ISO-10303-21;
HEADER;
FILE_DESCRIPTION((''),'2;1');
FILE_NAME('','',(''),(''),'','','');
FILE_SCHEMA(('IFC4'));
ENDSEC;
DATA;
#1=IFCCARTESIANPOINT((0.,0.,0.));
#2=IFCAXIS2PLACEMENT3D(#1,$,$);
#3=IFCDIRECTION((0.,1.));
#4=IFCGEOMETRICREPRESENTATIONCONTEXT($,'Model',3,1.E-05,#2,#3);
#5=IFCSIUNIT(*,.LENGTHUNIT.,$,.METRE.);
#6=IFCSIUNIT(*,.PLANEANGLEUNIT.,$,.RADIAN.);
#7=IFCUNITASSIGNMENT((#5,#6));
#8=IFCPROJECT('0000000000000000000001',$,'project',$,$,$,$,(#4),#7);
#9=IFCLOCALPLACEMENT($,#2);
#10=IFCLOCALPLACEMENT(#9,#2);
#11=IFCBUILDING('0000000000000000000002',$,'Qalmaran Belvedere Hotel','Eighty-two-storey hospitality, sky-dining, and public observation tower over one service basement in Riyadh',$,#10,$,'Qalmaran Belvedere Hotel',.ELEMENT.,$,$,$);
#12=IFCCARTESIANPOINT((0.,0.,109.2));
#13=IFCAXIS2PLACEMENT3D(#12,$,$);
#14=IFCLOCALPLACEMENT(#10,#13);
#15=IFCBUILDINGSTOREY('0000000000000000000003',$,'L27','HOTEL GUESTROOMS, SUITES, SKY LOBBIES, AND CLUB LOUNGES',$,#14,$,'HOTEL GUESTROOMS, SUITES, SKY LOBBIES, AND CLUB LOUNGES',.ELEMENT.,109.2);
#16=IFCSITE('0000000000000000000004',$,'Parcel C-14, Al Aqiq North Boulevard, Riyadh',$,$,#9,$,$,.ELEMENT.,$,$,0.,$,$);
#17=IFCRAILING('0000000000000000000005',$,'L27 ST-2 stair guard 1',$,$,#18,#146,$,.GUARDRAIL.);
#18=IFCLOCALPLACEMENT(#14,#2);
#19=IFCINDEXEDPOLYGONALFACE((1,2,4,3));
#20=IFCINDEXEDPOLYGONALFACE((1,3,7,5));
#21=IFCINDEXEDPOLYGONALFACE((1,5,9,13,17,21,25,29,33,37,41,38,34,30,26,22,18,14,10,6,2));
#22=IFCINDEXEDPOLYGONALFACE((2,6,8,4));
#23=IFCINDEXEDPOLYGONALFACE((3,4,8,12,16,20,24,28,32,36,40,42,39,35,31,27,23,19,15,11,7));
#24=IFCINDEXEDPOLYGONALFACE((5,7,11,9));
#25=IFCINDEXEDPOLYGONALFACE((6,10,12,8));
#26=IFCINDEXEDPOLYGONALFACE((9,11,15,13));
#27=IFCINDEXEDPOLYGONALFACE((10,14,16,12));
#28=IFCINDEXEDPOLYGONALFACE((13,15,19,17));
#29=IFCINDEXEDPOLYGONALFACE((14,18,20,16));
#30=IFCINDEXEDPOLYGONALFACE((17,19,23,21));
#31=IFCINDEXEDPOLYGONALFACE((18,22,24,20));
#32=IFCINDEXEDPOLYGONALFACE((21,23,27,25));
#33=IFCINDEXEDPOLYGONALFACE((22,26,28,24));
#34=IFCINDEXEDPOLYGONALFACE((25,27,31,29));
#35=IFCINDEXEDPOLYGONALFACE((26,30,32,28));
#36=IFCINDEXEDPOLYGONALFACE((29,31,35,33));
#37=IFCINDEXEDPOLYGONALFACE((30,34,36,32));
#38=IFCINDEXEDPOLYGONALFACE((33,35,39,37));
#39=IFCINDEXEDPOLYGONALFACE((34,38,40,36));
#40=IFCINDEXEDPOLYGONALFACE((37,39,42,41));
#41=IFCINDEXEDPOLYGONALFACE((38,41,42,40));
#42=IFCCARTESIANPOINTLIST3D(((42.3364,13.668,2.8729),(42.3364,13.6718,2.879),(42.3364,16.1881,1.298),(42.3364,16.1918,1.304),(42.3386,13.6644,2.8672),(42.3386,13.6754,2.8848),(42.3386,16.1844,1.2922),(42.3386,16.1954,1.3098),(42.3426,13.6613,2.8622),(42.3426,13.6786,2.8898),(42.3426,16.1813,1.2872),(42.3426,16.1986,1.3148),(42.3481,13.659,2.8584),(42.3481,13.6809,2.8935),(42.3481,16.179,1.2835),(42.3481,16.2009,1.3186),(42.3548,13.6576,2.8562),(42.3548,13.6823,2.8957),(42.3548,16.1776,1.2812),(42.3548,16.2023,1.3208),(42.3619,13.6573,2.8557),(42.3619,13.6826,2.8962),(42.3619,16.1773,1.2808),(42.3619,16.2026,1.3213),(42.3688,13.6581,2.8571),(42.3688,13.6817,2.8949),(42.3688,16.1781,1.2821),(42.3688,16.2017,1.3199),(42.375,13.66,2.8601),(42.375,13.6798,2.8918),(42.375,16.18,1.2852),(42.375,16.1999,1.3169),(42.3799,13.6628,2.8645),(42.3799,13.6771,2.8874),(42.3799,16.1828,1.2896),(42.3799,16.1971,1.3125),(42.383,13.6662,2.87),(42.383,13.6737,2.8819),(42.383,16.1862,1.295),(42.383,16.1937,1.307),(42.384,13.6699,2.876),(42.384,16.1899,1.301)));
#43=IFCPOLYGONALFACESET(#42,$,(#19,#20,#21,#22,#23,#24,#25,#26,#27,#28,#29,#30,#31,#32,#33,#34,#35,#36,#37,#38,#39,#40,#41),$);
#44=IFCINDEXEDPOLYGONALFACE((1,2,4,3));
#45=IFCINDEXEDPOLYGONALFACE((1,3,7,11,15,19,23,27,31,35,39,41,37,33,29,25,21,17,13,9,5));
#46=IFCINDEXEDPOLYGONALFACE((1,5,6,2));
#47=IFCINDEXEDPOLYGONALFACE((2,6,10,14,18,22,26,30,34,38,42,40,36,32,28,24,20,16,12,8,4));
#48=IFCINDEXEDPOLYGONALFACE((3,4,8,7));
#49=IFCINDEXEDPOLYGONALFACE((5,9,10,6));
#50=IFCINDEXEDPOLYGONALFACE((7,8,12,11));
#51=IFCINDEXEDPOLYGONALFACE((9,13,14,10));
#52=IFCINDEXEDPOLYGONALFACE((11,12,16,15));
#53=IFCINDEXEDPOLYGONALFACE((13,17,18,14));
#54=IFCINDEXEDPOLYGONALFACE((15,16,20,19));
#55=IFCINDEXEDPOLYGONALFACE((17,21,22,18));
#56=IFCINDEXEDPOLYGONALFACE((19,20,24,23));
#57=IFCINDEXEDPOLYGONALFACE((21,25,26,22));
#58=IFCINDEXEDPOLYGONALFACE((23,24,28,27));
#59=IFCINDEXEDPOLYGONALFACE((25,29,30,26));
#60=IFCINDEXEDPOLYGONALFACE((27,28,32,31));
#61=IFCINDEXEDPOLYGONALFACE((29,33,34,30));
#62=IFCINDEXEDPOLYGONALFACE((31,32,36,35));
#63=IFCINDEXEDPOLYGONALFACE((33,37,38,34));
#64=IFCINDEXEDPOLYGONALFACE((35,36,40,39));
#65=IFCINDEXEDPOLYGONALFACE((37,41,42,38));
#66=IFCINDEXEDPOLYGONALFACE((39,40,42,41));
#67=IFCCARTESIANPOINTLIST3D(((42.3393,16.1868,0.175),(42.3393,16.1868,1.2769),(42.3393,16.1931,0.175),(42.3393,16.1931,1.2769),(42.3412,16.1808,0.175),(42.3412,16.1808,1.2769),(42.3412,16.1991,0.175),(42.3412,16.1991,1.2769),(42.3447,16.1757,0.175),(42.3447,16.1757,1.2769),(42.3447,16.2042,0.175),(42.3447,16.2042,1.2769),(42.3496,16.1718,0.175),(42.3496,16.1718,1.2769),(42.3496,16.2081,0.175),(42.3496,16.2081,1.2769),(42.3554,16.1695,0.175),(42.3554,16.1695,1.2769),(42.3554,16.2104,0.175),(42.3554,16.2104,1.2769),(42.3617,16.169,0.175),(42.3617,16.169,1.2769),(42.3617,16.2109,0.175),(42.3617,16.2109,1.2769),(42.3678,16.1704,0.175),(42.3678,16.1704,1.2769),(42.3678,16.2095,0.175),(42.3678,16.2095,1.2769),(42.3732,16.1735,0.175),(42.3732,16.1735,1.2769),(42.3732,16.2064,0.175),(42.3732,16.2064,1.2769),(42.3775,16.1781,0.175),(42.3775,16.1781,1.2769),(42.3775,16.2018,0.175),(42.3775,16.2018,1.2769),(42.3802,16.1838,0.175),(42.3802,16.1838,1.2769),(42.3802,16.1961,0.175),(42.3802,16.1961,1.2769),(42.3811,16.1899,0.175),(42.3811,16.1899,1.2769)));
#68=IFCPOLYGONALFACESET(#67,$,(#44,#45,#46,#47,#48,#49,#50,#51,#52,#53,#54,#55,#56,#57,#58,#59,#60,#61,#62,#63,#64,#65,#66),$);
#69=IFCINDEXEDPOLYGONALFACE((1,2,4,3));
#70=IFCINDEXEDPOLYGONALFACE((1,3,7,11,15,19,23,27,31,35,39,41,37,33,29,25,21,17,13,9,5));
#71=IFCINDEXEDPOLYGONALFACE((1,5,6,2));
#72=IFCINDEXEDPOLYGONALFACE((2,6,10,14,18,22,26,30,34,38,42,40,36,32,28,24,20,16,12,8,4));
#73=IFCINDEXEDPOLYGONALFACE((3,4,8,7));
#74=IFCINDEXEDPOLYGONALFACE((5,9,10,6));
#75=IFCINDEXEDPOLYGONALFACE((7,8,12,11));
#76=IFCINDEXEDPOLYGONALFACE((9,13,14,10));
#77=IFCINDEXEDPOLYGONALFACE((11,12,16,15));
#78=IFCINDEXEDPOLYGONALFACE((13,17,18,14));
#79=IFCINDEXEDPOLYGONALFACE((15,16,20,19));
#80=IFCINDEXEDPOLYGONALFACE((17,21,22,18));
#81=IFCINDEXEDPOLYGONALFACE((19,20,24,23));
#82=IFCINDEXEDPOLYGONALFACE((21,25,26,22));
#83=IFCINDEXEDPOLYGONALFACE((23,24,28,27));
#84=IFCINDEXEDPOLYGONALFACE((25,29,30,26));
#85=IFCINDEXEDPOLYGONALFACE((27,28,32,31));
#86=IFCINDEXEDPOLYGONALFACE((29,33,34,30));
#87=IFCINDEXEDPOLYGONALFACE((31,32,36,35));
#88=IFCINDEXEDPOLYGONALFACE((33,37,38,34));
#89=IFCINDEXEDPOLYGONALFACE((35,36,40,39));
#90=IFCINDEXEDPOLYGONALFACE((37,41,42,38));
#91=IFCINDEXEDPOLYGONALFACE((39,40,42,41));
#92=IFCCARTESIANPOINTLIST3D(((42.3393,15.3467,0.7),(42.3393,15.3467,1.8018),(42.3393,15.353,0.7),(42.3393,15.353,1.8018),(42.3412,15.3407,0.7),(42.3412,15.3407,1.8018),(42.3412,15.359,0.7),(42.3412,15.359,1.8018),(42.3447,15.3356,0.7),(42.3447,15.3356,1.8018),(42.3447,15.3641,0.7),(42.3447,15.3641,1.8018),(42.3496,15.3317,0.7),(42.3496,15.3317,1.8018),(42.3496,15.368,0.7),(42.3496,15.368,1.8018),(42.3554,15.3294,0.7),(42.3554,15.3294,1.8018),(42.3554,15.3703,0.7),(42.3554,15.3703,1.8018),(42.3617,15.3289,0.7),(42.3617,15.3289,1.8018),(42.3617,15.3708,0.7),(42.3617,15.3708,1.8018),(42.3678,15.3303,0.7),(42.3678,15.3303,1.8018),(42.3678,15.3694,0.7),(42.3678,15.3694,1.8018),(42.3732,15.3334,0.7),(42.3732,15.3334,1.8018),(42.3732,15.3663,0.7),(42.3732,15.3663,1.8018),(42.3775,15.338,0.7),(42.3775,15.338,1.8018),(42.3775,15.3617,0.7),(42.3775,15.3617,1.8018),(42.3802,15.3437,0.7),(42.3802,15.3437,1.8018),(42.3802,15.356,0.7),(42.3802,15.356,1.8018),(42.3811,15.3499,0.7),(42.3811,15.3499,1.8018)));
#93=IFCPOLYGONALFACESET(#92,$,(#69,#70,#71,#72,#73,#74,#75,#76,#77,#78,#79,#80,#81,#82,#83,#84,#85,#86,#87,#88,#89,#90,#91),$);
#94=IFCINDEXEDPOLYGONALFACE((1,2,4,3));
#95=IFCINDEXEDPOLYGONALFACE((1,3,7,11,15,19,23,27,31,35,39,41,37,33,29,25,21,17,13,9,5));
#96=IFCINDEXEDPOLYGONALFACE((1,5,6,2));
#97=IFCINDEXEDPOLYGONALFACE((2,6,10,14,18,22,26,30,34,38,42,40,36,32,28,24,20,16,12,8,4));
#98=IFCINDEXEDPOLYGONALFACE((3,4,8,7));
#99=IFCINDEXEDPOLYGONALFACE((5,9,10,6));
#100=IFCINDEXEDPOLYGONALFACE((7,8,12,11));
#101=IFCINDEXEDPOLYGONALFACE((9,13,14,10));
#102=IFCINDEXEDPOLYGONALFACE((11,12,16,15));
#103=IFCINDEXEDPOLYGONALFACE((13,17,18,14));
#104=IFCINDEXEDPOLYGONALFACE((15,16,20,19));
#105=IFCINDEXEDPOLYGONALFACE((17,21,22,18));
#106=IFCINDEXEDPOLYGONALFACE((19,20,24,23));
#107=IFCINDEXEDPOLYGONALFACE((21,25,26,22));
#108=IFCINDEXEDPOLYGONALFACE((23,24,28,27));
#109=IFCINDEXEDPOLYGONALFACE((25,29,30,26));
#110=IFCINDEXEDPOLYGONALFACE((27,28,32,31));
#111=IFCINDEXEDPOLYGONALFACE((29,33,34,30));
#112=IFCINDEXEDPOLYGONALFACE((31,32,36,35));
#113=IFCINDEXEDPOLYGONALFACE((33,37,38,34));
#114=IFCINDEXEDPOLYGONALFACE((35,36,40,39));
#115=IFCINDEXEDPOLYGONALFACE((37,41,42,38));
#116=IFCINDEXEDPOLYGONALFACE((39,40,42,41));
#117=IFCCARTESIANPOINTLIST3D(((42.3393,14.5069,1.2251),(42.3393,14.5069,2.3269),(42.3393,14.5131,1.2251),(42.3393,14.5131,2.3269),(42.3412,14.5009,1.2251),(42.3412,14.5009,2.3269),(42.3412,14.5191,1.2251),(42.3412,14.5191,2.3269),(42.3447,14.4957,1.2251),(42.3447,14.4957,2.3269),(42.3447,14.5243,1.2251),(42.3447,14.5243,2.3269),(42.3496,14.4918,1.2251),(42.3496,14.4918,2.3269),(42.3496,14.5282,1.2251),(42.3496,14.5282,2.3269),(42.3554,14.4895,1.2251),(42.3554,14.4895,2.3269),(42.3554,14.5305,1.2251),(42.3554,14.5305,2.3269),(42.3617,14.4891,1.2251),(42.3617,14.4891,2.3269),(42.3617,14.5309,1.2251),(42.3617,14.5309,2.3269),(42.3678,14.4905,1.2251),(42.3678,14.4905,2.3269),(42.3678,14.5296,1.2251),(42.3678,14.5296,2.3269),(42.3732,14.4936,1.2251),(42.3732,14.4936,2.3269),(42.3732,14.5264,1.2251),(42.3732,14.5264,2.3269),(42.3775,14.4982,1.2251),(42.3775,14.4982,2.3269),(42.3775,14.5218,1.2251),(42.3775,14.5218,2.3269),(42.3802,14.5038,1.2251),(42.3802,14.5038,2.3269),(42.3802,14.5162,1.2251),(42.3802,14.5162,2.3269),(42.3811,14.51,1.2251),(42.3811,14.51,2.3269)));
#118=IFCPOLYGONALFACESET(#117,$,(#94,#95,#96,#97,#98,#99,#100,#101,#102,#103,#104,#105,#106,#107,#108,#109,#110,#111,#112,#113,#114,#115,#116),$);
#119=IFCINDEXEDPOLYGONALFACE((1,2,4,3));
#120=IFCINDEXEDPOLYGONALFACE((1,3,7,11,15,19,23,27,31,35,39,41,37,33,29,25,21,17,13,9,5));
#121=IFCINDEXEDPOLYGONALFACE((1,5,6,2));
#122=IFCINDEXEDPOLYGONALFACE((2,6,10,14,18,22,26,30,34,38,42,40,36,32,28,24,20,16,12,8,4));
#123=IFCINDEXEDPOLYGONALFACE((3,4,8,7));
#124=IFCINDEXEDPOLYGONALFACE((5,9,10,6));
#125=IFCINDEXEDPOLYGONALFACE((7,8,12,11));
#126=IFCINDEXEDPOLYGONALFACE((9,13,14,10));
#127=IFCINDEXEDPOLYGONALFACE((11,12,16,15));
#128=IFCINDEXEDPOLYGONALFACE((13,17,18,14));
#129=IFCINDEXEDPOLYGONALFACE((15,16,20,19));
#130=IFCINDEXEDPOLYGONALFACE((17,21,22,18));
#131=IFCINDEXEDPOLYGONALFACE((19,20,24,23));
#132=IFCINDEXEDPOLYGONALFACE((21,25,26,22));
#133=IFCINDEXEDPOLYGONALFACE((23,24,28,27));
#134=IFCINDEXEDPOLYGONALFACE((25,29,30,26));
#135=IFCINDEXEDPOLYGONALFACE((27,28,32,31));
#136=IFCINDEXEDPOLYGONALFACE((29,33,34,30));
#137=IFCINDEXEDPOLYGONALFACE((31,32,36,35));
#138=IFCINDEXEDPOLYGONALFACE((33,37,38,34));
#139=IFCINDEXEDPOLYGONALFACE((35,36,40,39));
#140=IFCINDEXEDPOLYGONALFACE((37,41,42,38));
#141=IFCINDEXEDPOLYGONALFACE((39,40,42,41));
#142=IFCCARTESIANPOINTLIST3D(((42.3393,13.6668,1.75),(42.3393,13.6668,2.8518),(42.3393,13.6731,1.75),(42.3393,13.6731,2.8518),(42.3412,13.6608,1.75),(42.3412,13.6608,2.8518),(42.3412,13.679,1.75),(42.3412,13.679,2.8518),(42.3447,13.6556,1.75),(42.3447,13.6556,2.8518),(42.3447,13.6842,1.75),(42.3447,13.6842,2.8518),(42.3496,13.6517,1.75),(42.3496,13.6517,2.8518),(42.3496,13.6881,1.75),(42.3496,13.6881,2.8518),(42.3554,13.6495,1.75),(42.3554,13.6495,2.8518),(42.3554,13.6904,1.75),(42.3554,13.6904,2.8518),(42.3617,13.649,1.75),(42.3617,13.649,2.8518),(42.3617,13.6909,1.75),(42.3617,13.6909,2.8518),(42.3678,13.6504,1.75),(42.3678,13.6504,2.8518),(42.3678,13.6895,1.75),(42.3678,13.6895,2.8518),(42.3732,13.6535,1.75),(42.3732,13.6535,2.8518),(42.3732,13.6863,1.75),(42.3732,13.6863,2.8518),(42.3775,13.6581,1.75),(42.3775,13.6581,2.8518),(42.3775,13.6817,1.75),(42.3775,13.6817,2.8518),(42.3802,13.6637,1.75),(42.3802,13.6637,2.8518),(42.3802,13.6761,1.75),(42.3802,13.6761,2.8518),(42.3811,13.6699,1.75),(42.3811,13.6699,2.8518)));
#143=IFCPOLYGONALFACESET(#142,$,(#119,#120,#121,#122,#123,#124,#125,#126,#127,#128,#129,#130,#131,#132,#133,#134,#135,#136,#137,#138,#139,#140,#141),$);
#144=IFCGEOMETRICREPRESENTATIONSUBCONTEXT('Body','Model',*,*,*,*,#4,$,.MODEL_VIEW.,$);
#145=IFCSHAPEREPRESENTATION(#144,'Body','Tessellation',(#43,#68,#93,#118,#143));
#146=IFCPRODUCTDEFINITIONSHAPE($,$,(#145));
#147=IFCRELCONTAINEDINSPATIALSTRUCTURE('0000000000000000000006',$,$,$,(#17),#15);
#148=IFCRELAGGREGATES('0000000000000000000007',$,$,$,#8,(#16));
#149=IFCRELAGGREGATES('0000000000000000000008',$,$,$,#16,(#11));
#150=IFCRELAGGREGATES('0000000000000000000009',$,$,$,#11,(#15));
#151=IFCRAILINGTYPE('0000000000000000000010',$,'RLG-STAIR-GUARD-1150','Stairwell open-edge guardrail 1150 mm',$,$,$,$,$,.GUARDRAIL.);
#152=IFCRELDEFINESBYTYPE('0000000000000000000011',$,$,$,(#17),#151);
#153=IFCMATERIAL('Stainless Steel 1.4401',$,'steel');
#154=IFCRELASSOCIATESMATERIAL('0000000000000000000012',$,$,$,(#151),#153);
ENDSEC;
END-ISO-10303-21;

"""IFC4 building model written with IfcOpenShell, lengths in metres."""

from ifc_helpers import new_model, si_unit, direction, frame, origin, origin_2d, place, context, subcontext, project, spatial, circle, extrude, material, type_object, element, save


model = new_model("IFC4")

# Units and contexts
model_context = context("Model", 3, precision=1e-05, world=origin(), true_north=direction((0.0, 1.0)))
body_context = subcontext(model_context, "Body", "Model", "MODEL_VIEW")
ifc_project = project(units=[si_unit("LENGTHUNIT", "METRE"), si_unit("PLANEANGLEUNIT", "RADIAN")], contexts=[model_context])

# Site, building, storey
site_placement = place(None, origin())
site = spatial("IfcSite", under=ifc_project, at=site_placement, Name="Parcel C-14, Al Aqiq North Boulevard, Riyadh", CompositionType="ELEMENT", RefElevation=0.0)
building_placement = place(site_placement, origin())
building = spatial("IfcBuilding", under=site, at=building_placement, Name="Qalmaran Belvedere Hotel", Description="Eighty-two-storey hospitality, sky-dining, and public observation tower over one service basement in Riyadh", LongName="Qalmaran Belvedere Hotel", CompositionType="ELEMENT")
storey_placement = place(building_placement, frame((0.0, 0.0, 109.2)))
storey = spatial("IfcBuildingStorey", under=building, at=storey_placement, Name="L27", Description="HOTEL GUESTROOMS, SUITES, SKY LOBBIES, AND CLUB LOUNGES", LongName="HOTEL GUESTROOMS, SUITES, SKY LOBBIES, AND CLUB LOUNGES", CompositionType="ELEMENT", Elevation=109.2)

# Shared definitions
ifc_material_1 = material(Name="Stainless Steel 1.4401", Category="steel")

# Railing
railing_type_1 = type_object("IfcRailingType", Name="RLG-STAIR-GUARD-1150", Description="Stairwell open-edge guardrail 1150 mm", PredefinedType="GUARDRAIL", material=ifc_material_1)
railing_1_placement = place(storey_placement, frame((42.3601, 16.1899, 0.175)))
element("IfcRailing", 1, at=railing_1_placement, inside=storey, type_object=railing_type_1, Name="L27 ST-2 stair guard 1", PredefinedType="GUARDRAIL", context=body_context, shape_type="SweptSolid", body=[
    extrude(circle(Radius=0.0239, at=origin_2d()), frame((0.0, 0.0, 1.126), z_axis=(0.0, -0.848008, 0.529984), x_axis=(1.0, 0.0, 0.0)), (0.0, 0.0, 1.0), 2.9717),
    extrude(circle(Radius=0.021, at=origin_2d()), origin(), (0.0, 0.0, 1.0), 1.1018),
    extrude(circle(Radius=0.021, at=origin_2d()), frame((0.0, -0.8401, 0.5249)), (0.0, 0.0, 1.0), 1.1018),
    extrude(circle(Radius=0.021, at=origin_2d()), frame((0.0, -1.6799, 1.05)), (0.0, 0.0, 1.0), 1.1018),
    extrude(circle(Radius=0.021, at=origin_2d()), frame((0.0, -2.52, 1.575)), (0.0, 0.0, 1.0), 1.1018),
])

save(model, "model.ifc")
